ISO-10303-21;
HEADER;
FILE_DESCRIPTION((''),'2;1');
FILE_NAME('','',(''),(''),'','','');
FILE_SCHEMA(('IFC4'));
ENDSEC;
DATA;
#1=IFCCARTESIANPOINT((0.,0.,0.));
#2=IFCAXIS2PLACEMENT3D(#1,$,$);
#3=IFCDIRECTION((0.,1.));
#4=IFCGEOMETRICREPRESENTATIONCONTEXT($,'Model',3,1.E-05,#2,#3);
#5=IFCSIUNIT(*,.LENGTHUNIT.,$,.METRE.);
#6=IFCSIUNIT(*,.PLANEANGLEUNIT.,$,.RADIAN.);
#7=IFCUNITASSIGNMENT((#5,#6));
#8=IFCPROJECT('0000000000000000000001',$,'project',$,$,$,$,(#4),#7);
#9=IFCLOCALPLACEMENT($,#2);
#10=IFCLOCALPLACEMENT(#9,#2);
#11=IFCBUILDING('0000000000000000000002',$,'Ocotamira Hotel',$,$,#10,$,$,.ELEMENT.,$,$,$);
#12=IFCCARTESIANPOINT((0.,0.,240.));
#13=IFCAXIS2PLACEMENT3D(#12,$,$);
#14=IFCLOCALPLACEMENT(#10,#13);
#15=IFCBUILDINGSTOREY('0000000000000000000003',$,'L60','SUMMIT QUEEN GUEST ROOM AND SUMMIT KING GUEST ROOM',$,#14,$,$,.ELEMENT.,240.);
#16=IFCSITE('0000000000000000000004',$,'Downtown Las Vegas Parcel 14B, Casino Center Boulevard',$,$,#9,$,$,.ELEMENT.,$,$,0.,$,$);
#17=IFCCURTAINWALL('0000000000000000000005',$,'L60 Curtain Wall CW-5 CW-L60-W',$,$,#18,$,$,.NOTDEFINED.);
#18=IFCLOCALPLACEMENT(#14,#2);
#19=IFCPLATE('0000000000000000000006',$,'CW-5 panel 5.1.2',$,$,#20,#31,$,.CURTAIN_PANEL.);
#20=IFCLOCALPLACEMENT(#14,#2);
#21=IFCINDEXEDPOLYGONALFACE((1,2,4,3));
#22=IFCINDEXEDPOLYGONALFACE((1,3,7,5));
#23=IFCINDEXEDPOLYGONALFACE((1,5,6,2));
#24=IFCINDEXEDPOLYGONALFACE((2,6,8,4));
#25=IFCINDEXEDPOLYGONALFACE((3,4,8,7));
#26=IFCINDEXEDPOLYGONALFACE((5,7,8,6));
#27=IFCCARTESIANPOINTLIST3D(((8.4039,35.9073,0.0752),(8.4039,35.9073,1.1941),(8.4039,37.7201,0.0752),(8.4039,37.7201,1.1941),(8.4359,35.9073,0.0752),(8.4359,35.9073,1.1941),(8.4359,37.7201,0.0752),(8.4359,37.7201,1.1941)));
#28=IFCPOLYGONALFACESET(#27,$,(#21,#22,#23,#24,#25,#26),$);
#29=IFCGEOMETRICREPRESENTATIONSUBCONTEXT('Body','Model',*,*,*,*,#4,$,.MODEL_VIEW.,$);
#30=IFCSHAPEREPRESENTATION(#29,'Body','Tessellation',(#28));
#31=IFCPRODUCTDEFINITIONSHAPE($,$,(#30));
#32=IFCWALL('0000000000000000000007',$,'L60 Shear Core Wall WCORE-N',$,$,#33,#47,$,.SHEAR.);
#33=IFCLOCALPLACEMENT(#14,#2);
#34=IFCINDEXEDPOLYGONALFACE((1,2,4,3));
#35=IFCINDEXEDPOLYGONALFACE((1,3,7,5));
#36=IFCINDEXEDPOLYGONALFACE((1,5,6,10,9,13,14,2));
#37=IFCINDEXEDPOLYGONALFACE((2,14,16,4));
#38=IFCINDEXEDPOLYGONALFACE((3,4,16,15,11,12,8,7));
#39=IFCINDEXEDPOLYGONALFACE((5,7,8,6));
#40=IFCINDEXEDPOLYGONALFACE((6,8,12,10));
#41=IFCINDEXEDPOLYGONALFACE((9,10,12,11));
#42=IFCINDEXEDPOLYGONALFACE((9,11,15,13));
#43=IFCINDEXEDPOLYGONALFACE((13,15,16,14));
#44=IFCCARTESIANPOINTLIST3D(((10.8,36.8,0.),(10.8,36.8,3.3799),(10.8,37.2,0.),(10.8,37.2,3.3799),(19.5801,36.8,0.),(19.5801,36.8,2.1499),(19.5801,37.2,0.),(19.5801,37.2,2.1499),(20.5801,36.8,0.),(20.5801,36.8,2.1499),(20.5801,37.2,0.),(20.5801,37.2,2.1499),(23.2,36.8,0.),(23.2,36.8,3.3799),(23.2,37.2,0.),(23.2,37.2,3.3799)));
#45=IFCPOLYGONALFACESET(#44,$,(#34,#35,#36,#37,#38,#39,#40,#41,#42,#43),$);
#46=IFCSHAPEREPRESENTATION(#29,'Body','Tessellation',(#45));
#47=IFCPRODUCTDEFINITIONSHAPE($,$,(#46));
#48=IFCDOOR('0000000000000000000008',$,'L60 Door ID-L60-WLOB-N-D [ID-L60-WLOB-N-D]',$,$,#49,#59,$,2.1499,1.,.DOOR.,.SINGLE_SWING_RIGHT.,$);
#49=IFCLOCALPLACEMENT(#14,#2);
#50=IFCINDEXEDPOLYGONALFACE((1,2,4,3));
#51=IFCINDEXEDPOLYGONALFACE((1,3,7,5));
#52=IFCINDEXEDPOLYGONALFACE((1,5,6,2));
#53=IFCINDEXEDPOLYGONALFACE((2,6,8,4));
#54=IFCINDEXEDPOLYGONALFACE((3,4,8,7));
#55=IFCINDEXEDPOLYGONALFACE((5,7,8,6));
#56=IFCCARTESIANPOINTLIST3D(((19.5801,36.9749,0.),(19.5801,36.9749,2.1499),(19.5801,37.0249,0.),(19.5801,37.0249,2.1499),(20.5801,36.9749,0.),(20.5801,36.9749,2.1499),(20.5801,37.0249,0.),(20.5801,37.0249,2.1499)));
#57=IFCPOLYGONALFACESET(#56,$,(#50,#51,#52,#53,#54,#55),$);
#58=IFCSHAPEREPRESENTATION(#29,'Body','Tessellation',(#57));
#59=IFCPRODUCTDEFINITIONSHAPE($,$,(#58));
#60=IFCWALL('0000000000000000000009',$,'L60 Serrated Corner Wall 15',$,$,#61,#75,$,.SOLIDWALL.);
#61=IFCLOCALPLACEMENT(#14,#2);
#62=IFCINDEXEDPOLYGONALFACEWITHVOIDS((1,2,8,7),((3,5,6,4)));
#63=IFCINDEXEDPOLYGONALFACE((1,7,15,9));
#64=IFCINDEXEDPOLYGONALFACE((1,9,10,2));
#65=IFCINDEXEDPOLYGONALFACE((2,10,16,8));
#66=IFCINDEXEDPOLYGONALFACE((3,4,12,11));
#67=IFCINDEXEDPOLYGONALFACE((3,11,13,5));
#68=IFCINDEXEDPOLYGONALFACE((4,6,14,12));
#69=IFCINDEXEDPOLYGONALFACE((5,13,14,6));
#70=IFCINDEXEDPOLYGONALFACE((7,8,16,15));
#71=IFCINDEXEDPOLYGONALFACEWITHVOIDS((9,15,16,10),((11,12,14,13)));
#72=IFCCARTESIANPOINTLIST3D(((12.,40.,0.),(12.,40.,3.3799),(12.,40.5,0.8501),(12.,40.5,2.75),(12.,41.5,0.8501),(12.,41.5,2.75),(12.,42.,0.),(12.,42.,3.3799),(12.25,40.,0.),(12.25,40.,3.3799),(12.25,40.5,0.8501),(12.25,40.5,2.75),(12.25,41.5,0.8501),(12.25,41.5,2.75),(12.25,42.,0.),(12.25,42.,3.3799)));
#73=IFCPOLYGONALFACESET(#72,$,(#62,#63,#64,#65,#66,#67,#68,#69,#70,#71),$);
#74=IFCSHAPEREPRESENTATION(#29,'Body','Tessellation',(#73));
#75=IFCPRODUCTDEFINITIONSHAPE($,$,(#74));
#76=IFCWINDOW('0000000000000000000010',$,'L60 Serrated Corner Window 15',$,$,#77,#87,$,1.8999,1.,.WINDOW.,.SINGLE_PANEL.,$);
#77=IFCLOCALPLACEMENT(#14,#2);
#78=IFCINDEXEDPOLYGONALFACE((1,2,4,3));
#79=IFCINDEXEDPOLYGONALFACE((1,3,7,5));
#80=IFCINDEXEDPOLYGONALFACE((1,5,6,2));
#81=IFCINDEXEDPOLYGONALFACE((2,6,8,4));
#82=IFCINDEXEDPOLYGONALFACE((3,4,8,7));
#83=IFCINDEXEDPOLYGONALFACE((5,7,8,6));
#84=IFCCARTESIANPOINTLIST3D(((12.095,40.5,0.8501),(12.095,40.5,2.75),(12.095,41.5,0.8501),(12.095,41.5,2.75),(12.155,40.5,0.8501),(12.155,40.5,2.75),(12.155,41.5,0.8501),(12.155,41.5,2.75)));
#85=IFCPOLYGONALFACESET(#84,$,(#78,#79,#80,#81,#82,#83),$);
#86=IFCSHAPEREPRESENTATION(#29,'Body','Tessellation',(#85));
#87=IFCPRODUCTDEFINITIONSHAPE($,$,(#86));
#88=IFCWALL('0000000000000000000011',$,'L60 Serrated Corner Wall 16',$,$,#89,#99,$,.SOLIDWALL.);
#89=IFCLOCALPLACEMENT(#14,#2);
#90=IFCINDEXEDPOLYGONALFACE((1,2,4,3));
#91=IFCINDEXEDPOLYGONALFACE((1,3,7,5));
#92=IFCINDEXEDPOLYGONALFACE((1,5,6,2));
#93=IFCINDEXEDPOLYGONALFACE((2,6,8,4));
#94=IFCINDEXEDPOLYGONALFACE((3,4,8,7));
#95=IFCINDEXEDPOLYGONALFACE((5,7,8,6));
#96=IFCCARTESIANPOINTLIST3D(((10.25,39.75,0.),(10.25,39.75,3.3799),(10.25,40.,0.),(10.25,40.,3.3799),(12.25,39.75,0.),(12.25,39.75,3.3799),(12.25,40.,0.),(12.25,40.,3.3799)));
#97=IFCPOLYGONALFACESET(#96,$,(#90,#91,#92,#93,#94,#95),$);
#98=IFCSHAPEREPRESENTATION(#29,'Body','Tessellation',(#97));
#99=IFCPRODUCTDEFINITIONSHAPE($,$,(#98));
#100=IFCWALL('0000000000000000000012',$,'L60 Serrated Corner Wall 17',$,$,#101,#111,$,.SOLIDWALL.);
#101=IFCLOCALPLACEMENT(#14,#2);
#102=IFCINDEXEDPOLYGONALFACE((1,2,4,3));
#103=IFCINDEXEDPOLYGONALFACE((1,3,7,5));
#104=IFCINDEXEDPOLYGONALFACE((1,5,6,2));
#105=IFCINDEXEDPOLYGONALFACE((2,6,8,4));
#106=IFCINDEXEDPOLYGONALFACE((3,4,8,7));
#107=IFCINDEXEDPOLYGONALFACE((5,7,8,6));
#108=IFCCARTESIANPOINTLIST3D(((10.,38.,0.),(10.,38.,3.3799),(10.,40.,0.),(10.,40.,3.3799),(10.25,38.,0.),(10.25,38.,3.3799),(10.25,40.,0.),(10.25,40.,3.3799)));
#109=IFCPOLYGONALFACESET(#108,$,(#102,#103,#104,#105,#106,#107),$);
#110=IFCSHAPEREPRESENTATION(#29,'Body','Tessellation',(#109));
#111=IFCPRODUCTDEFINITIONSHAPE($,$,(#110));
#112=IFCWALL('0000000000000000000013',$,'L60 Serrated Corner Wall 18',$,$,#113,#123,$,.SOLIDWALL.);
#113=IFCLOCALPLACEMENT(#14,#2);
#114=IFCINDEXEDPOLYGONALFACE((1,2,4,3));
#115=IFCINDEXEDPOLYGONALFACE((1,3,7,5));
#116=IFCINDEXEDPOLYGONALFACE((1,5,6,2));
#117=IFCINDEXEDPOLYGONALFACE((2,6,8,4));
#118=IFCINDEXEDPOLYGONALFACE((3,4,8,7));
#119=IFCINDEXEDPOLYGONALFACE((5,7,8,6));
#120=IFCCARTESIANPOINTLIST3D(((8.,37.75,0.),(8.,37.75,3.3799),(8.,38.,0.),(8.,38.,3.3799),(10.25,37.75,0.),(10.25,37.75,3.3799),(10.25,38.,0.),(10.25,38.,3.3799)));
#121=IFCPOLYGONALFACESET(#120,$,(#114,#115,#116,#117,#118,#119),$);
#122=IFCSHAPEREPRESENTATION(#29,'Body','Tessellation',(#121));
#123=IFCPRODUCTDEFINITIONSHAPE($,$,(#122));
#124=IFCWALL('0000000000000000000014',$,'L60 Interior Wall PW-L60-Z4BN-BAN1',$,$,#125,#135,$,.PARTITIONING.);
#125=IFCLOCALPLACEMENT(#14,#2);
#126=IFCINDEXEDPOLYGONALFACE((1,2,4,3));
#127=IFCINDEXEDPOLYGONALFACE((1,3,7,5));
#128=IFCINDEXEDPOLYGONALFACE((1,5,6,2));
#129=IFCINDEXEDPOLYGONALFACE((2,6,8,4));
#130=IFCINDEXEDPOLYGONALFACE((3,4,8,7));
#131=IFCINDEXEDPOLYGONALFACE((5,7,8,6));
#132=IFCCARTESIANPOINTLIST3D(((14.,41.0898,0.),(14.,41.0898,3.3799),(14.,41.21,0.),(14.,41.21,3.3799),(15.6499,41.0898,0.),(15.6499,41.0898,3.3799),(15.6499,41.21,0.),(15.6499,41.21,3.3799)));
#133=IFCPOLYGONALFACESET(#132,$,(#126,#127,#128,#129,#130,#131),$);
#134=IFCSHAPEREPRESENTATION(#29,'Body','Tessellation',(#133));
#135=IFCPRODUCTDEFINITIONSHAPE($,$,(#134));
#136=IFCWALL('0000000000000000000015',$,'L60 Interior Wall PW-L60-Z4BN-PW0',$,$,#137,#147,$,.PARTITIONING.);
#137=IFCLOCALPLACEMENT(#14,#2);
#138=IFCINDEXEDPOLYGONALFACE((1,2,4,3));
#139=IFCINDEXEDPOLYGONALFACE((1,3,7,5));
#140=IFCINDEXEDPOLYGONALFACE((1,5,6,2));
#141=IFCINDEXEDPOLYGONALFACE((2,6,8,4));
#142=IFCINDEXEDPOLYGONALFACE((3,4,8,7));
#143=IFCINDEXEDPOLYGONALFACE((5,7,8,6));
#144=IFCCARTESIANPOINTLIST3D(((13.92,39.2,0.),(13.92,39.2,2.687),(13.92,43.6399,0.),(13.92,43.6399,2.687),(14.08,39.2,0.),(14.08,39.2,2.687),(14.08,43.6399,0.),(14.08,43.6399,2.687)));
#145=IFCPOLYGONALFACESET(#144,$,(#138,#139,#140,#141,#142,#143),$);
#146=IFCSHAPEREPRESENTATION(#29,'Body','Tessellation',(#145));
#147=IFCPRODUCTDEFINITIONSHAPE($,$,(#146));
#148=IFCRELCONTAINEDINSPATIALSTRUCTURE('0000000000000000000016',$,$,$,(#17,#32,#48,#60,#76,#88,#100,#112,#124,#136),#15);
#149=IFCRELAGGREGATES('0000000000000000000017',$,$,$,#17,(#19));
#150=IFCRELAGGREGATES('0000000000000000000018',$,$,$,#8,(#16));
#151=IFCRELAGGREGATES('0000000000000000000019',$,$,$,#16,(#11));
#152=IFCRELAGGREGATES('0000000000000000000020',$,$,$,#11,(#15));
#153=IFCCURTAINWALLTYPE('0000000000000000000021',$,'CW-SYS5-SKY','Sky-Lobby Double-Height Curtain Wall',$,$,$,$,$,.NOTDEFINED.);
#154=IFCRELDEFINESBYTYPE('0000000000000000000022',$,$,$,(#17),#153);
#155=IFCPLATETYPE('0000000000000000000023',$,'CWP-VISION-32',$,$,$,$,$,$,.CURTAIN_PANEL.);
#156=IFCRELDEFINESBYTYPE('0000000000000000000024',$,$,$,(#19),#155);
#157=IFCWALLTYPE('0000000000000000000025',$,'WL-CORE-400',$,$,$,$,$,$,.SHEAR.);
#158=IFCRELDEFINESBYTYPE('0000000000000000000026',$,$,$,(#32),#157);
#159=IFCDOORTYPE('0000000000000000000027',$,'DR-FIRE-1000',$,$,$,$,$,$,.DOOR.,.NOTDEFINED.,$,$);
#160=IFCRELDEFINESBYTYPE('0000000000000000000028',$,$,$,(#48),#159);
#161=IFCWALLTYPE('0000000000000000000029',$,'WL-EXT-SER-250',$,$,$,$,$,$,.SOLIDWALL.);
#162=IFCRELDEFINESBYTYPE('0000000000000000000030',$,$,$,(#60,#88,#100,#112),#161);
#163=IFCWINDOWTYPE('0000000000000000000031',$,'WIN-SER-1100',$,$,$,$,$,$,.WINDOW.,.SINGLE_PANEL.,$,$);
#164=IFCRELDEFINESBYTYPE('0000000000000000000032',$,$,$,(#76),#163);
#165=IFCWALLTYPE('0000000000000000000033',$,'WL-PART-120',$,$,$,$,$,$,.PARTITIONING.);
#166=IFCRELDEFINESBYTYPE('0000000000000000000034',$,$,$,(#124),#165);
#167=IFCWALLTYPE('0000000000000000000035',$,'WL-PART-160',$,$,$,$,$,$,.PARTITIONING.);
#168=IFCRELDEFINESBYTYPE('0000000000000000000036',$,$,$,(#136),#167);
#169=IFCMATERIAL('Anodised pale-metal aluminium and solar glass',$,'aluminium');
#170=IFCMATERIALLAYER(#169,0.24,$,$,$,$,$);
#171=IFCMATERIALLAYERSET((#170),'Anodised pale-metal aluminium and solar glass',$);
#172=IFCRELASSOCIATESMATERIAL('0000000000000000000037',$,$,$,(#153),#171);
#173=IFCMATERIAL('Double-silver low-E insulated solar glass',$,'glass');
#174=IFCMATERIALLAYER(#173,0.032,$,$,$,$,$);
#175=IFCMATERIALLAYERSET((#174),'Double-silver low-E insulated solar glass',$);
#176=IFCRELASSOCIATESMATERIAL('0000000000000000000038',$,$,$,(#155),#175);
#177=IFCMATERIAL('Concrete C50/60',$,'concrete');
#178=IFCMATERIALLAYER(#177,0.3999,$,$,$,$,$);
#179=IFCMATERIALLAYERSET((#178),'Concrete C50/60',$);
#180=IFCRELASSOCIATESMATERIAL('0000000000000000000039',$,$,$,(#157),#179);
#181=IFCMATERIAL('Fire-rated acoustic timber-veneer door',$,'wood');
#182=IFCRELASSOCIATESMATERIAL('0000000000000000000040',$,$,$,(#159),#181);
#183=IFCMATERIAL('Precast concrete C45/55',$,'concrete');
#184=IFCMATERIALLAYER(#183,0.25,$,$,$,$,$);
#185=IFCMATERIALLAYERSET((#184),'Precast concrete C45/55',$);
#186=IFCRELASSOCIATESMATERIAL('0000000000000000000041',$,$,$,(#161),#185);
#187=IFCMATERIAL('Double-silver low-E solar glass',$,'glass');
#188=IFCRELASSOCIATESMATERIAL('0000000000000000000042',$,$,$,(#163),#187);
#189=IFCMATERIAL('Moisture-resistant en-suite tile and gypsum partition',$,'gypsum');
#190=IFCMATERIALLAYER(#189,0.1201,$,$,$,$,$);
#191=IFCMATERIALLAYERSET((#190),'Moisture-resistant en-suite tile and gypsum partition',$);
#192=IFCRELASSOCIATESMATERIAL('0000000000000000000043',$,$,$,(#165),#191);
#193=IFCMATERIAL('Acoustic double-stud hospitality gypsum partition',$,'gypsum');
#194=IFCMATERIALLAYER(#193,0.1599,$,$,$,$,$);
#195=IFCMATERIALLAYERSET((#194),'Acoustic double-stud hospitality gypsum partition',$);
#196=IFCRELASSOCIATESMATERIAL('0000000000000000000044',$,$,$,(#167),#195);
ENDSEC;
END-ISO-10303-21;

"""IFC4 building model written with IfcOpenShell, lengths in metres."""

from ifc_helpers import new_model, si_unit, direction, frame, frame_2d, origin, origin_2d, place, context, subcontext, project, spatial, rectangle, extrude, source, transform, mapped, material, layer, layer_set, type_object, element, fill, aggregate, save


model = new_model("IFC4")

# Units and contexts
model_context = context("Model", 3, precision=1e-05, world=origin(), true_north=direction((0.0, 1.0)))
body_context = subcontext(model_context, "Body", "Model", "MODEL_VIEW")
ifc_project = project(units=[si_unit("LENGTHUNIT", "METRE"), si_unit("PLANEANGLEUNIT", "RADIAN")], contexts=[model_context])

# Site, building, storey
site_placement = place(None, origin())
site = spatial("IfcSite", under=ifc_project, at=site_placement, Name="Downtown Las Vegas Parcel 14B, Casino Center Boulevard", CompositionType="ELEMENT", RefElevation=0.0)
building_placement = place(site_placement, origin())
building = spatial("IfcBuilding", under=site, at=building_placement, Name="Ocotamira Hotel", CompositionType="ELEMENT")
storey_placement = place(building_placement, frame((0.0, 0.0, 240.0)))
storey = spatial("IfcBuildingStorey", under=building, at=storey_placement, Name="L60", Description="SUMMIT QUEEN GUEST ROOM AND SUMMIT KING GUEST ROOM", CompositionType="ELEMENT", Elevation=240.0)

# Curtain wall
ifc_material_1 = material(Name="Anodised pale-metal aluminium and solar glass", Category="aluminium")
ifc_layer_1 = layer(ifc_material_1, 0.24)
ifc_layer_set_1 = layer_set([ifc_layer_1], Name="Anodised pale-metal aluminium and solar glass")
curtain_wall_type = type_object("IfcCurtainWallType", Name="CW-SYS5-SKY", Description="Sky-Lobby Double-Height Curtain Wall", PredefinedType="NOTDEFINED", material=ifc_layer_set_1)
curtain_wall_placement = place(storey_placement, origin())
curtain_wall = element("IfcCurtainWall", 1, at=curtain_wall_placement, inside=storey, type_object=curtain_wall_type, Name="L60 Curtain Wall CW-5 CW-L60-W", PredefinedType="NOTDEFINED")

# Plate
ifc_material_2 = material(Name="Double-silver low-E insulated solar glass", Category="glass")
ifc_layer_2 = layer(ifc_material_2, 0.032)
ifc_layer_set_2 = layer_set([ifc_layer_2], Name="Double-silver low-E insulated solar glass")
plate_type_1 = type_object("IfcPlateType", Name="CWP-VISION-32", PredefinedType="CURTAIN_PANEL", material=ifc_layer_set_2)
shared_shape_1 = source(origin(), body_context, "Body", "SweptSolid", [
    extrude(rectangle(XDim=1.8127, YDim=0.032, at=origin_2d()), origin(), (0.0, 0.0, 1.0), 1.1189),
])
plate_1_placement = place(storey_placement, frame((8.4199, 36.8137, 0.0752), z_axis=(0.0, 0.0, 1.0), x_axis=(0.0, 1.0, 0.0)))
plate_1 = element("IfcPlate", 2, at=plate_1_placement, type_object=plate_type_1, Name="CW-5 panel 5.1.2", PredefinedType="CURTAIN_PANEL", context=body_context, shape_type="MappedRepresentation", body=[
    mapped(shared_shape_1, transform((0.0, 0.0, 0.0), scale=1.0)),
])
aggregate(curtain_wall, [plate_1])

# Wall, opening, door
ifc_material_3 = material(Name="Concrete C50/60", Category="concrete")
ifc_layer_3 = layer(ifc_material_3, 0.3999)
ifc_layer_set_3 = layer_set([ifc_layer_3], Name="Concrete C50/60")
wall_type_1 = type_object("IfcWallType", Name="WL-CORE-400", PredefinedType="SHEAR", material=ifc_layer_set_3)
wall_1_placement = place(storey_placement, frame((10.8, 37.0, 0.0), z_axis=(0.0, 0.0, 1.0), x_axis=(1.0, 0.0, 0.0)))
wall_1 = element("IfcWall", 3, at=wall_1_placement, inside=storey, type_object=wall_type_1, Name="L60 Shear Core Wall WCORE-N", PredefinedType="SHEAR", context=body_context, shape_type="SweptSolid", body=[
    extrude(rectangle(XDim=12.3999, YDim=0.3999, at=frame_2d((6.2, 0.0))), origin(), (0.0, 0.0, 1.0), 3.3799),
])
opening_1_placement = place(wall_1_placement, frame((8.78, 0.0, 0.0)))
opening_1 = element("IfcOpeningElement", 4, at=opening_1_placement, cuts=wall_1, PredefinedType="OPENING", context=body_context, shape_type="SweptSolid", body=[
    extrude(rectangle(XDim=1.0, YDim=2.1499, at=frame_2d((0.5, 1.075))), frame((0.0, 0.21, 0.0), z_axis=(0.0, -1.0, 0.0), x_axis=(1.0, 0.0, 0.0)), (0.0, 0.0, 1.0), 0.4199),
])
ifc_material_4 = material(Name="Fire-rated acoustic timber-veneer door", Category="wood")
door_type_1 = type_object("IfcDoorType", Name="DR-FIRE-1000", OperationType="NOTDEFINED", PredefinedType="DOOR", material=ifc_material_4)
shared_shape_2 = source(origin(), body_context, "Body", "SweptSolid", [
    extrude(rectangle(XDim=1.0, YDim=2.1499, at=frame_2d((0.5, 1.075))), frame((0.0, 0.0249, 0.0), z_axis=(0.0, -1.0, 0.0), x_axis=(1.0, 0.0, 0.0)), (0.0, 0.0, 1.0), 0.05),
])
door_1_placement = place(opening_1_placement, origin())
door_1 = element("IfcDoor", 5, at=door_1_placement, inside=storey, type_object=door_type_1, Name="L60 Door ID-L60-WLOB-N-D [ID-L60-WLOB-N-D]", OperationType="SINGLE_SWING_RIGHT", OverallHeight=2.1499, OverallWidth=1.0, PredefinedType="DOOR", context=body_context, shape_type="MappedRepresentation", body=[
    mapped(shared_shape_2, transform((0.0, 0.0, 0.0), scale=1.0)),
])
fill(opening_1, door_1)

# Wall, opening, window
ifc_material_5 = material(Name="Precast concrete C45/55", Category="concrete")
ifc_layer_4 = layer(ifc_material_5, 0.25)
ifc_layer_set_4 = layer_set([ifc_layer_4], Name="Precast concrete C45/55")
wall_type_2 = type_object("IfcWallType", Name="WL-EXT-SER-250", PredefinedType="SOLIDWALL", material=ifc_layer_set_4)
wall_2_placement = place(storey_placement, frame((12.125, 42.0, 0.0), z_axis=(0.0, 0.0, 1.0), x_axis=(0.0, -1.0, 0.0)))
wall_2 = element("IfcWall", 6, at=wall_2_placement, inside=storey, type_object=wall_type_2, Name="L60 Serrated Corner Wall 15", PredefinedType="SOLIDWALL", context=body_context, shape_type="SweptSolid", body=[
    extrude(rectangle(XDim=2.0, YDim=0.25, at=frame_2d((1.0, 0.0))), origin(), (0.0, 0.0, 1.0), 3.3799),
])
opening_2_placement = place(wall_2_placement, frame((0.5, 0.0, 0.8501)))
opening_2 = element("IfcOpeningElement", 7, at=opening_2_placement, cuts=wall_2, PredefinedType="OPENING", context=body_context, shape_type="SweptSolid", body=[
    extrude(rectangle(XDim=1.0, YDim=1.8999, at=frame_2d((0.5, 0.95))), frame((0.0, 0.135, 0.0), z_axis=(0.0, -1.0, 0.0), x_axis=(1.0, 0.0, 0.0)), (0.0, 0.0, 1.0), 0.27),
])
ifc_material_6 = material(Name="Double-silver low-E solar glass", Category="glass")
window_type = type_object("IfcWindowType", Name="WIN-SER-1100", PartitioningType="SINGLE_PANEL", PredefinedType="WINDOW", material=ifc_material_6)
shared_shape_3 = source(origin(), body_context, "Body", "SweptSolid", [
    extrude(rectangle(XDim=1.0, YDim=1.8999, at=frame_2d((0.5, 0.95))), frame((0.0, 0.03, 0.0), z_axis=(0.0, -1.0, 0.0), x_axis=(1.0, 0.0, 0.0)), (0.0, 0.0, 1.0), 0.0601),
])
window_placement = place(opening_2_placement, origin())
window = element("IfcWindow", 8, at=window_placement, inside=storey, type_object=window_type, Name="L60 Serrated Corner Window 15", OverallHeight=1.8999, OverallWidth=1.0, PartitioningType="SINGLE_PANEL", PredefinedType="WINDOW", context=body_context, shape_type="MappedRepresentation", body=[
    mapped(shared_shape_3, transform((0.0, 0.0, 0.0), scale=1.0)),
])
fill(opening_2, window)

# Walls
for number, where, z_axis, x_axis, name in (
    (9, (12.25, 39.875, 0.0), (0.0, 0.0, 1.0), (-1.0, 0.0, 0.0), "L60 Serrated Corner Wall 16"),
    (10, (10.125, 40.0, 0.0), (0.0, 0.0, 1.0), (0.0, -1.0, 0.0), "L60 Serrated Corner Wall 17"),
):
    element("IfcWall", number, at=place(storey_placement, frame(where, z_axis=z_axis, x_axis=x_axis)), inside=storey, type_object=wall_type_2, Name=name, PredefinedType="SOLIDWALL", context=body_context, shape_type="SweptSolid", body=[
        extrude(rectangle(XDim=2.0, YDim=0.25, at=frame_2d((1.0, 0.0))), origin(), (0.0, 0.0, 1.0), 3.3799),
    ])
wall_3_placement = place(storey_placement, frame((10.25, 37.875, 0.0), z_axis=(0.0, 0.0, 1.0), x_axis=(-1.0, 0.0, 0.0)))
element("IfcWall", 11, at=wall_3_placement, inside=storey, type_object=wall_type_2, Name="L60 Serrated Corner Wall 18", PredefinedType="SOLIDWALL", context=body_context, shape_type="SweptSolid", body=[
    extrude(rectangle(XDim=2.25, YDim=0.25, at=frame_2d((1.125, 0.0))), origin(), (0.0, 0.0, 1.0), 3.3799),
])

# Wall
ifc_material_7 = material(Name="Moisture-resistant en-suite tile and gypsum partition", Category="gypsum")
ifc_layer_5 = layer(ifc_material_7, 0.1201)
ifc_layer_set_5 = layer_set([ifc_layer_5], Name="Moisture-resistant en-suite tile and gypsum partition")
wall_type_3 = type_object("IfcWallType", Name="WL-PART-120", PredefinedType="PARTITIONING", material=ifc_layer_set_5)
wall_4_placement = place(storey_placement, frame((14.0, 41.1499, 0.0), z_axis=(0.0, 0.0, 1.0), x_axis=(1.0, 0.0, 0.0)))
element("IfcWall", 12, at=wall_4_placement, inside=storey, type_object=wall_type_3, Name="L60 Interior Wall PW-L60-Z4BN-BAN1", PredefinedType="PARTITIONING", context=body_context, shape_type="SweptSolid", body=[
    extrude(rectangle(XDim=1.6499, YDim=0.1201, at=frame_2d((0.825, 0.0))), origin(), (0.0, 0.0, 1.0), 3.3799),
])

# Wall
ifc_material_8 = material(Name="Acoustic double-stud hospitality gypsum partition", Category="gypsum")
ifc_layer_6 = layer(ifc_material_8, 0.1599)
ifc_layer_set_6 = layer_set([ifc_layer_6], Name="Acoustic double-stud hospitality gypsum partition")
wall_type_4 = type_object("IfcWallType", Name="WL-PART-160", PredefinedType="PARTITIONING", material=ifc_layer_set_6)
wall_5_placement = place(storey_placement, frame((14.0, 39.2, 0.0), z_axis=(0.0, 0.0, 1.0), x_axis=(0.0, 1.0, 0.0)))
element("IfcWall", 13, at=wall_5_placement, inside=storey, type_object=wall_type_4, Name="L60 Interior Wall PW-L60-Z4BN-PW0", PredefinedType="PARTITIONING", context=body_context, shape_type="SweptSolid", body=[
    extrude(rectangle(XDim=4.4399, YDim=0.1599, at=frame_2d((2.22, 0.0))), origin(), (0.0, 0.0, 1.0), 2.687),
])

save(model, "model.ifc")
